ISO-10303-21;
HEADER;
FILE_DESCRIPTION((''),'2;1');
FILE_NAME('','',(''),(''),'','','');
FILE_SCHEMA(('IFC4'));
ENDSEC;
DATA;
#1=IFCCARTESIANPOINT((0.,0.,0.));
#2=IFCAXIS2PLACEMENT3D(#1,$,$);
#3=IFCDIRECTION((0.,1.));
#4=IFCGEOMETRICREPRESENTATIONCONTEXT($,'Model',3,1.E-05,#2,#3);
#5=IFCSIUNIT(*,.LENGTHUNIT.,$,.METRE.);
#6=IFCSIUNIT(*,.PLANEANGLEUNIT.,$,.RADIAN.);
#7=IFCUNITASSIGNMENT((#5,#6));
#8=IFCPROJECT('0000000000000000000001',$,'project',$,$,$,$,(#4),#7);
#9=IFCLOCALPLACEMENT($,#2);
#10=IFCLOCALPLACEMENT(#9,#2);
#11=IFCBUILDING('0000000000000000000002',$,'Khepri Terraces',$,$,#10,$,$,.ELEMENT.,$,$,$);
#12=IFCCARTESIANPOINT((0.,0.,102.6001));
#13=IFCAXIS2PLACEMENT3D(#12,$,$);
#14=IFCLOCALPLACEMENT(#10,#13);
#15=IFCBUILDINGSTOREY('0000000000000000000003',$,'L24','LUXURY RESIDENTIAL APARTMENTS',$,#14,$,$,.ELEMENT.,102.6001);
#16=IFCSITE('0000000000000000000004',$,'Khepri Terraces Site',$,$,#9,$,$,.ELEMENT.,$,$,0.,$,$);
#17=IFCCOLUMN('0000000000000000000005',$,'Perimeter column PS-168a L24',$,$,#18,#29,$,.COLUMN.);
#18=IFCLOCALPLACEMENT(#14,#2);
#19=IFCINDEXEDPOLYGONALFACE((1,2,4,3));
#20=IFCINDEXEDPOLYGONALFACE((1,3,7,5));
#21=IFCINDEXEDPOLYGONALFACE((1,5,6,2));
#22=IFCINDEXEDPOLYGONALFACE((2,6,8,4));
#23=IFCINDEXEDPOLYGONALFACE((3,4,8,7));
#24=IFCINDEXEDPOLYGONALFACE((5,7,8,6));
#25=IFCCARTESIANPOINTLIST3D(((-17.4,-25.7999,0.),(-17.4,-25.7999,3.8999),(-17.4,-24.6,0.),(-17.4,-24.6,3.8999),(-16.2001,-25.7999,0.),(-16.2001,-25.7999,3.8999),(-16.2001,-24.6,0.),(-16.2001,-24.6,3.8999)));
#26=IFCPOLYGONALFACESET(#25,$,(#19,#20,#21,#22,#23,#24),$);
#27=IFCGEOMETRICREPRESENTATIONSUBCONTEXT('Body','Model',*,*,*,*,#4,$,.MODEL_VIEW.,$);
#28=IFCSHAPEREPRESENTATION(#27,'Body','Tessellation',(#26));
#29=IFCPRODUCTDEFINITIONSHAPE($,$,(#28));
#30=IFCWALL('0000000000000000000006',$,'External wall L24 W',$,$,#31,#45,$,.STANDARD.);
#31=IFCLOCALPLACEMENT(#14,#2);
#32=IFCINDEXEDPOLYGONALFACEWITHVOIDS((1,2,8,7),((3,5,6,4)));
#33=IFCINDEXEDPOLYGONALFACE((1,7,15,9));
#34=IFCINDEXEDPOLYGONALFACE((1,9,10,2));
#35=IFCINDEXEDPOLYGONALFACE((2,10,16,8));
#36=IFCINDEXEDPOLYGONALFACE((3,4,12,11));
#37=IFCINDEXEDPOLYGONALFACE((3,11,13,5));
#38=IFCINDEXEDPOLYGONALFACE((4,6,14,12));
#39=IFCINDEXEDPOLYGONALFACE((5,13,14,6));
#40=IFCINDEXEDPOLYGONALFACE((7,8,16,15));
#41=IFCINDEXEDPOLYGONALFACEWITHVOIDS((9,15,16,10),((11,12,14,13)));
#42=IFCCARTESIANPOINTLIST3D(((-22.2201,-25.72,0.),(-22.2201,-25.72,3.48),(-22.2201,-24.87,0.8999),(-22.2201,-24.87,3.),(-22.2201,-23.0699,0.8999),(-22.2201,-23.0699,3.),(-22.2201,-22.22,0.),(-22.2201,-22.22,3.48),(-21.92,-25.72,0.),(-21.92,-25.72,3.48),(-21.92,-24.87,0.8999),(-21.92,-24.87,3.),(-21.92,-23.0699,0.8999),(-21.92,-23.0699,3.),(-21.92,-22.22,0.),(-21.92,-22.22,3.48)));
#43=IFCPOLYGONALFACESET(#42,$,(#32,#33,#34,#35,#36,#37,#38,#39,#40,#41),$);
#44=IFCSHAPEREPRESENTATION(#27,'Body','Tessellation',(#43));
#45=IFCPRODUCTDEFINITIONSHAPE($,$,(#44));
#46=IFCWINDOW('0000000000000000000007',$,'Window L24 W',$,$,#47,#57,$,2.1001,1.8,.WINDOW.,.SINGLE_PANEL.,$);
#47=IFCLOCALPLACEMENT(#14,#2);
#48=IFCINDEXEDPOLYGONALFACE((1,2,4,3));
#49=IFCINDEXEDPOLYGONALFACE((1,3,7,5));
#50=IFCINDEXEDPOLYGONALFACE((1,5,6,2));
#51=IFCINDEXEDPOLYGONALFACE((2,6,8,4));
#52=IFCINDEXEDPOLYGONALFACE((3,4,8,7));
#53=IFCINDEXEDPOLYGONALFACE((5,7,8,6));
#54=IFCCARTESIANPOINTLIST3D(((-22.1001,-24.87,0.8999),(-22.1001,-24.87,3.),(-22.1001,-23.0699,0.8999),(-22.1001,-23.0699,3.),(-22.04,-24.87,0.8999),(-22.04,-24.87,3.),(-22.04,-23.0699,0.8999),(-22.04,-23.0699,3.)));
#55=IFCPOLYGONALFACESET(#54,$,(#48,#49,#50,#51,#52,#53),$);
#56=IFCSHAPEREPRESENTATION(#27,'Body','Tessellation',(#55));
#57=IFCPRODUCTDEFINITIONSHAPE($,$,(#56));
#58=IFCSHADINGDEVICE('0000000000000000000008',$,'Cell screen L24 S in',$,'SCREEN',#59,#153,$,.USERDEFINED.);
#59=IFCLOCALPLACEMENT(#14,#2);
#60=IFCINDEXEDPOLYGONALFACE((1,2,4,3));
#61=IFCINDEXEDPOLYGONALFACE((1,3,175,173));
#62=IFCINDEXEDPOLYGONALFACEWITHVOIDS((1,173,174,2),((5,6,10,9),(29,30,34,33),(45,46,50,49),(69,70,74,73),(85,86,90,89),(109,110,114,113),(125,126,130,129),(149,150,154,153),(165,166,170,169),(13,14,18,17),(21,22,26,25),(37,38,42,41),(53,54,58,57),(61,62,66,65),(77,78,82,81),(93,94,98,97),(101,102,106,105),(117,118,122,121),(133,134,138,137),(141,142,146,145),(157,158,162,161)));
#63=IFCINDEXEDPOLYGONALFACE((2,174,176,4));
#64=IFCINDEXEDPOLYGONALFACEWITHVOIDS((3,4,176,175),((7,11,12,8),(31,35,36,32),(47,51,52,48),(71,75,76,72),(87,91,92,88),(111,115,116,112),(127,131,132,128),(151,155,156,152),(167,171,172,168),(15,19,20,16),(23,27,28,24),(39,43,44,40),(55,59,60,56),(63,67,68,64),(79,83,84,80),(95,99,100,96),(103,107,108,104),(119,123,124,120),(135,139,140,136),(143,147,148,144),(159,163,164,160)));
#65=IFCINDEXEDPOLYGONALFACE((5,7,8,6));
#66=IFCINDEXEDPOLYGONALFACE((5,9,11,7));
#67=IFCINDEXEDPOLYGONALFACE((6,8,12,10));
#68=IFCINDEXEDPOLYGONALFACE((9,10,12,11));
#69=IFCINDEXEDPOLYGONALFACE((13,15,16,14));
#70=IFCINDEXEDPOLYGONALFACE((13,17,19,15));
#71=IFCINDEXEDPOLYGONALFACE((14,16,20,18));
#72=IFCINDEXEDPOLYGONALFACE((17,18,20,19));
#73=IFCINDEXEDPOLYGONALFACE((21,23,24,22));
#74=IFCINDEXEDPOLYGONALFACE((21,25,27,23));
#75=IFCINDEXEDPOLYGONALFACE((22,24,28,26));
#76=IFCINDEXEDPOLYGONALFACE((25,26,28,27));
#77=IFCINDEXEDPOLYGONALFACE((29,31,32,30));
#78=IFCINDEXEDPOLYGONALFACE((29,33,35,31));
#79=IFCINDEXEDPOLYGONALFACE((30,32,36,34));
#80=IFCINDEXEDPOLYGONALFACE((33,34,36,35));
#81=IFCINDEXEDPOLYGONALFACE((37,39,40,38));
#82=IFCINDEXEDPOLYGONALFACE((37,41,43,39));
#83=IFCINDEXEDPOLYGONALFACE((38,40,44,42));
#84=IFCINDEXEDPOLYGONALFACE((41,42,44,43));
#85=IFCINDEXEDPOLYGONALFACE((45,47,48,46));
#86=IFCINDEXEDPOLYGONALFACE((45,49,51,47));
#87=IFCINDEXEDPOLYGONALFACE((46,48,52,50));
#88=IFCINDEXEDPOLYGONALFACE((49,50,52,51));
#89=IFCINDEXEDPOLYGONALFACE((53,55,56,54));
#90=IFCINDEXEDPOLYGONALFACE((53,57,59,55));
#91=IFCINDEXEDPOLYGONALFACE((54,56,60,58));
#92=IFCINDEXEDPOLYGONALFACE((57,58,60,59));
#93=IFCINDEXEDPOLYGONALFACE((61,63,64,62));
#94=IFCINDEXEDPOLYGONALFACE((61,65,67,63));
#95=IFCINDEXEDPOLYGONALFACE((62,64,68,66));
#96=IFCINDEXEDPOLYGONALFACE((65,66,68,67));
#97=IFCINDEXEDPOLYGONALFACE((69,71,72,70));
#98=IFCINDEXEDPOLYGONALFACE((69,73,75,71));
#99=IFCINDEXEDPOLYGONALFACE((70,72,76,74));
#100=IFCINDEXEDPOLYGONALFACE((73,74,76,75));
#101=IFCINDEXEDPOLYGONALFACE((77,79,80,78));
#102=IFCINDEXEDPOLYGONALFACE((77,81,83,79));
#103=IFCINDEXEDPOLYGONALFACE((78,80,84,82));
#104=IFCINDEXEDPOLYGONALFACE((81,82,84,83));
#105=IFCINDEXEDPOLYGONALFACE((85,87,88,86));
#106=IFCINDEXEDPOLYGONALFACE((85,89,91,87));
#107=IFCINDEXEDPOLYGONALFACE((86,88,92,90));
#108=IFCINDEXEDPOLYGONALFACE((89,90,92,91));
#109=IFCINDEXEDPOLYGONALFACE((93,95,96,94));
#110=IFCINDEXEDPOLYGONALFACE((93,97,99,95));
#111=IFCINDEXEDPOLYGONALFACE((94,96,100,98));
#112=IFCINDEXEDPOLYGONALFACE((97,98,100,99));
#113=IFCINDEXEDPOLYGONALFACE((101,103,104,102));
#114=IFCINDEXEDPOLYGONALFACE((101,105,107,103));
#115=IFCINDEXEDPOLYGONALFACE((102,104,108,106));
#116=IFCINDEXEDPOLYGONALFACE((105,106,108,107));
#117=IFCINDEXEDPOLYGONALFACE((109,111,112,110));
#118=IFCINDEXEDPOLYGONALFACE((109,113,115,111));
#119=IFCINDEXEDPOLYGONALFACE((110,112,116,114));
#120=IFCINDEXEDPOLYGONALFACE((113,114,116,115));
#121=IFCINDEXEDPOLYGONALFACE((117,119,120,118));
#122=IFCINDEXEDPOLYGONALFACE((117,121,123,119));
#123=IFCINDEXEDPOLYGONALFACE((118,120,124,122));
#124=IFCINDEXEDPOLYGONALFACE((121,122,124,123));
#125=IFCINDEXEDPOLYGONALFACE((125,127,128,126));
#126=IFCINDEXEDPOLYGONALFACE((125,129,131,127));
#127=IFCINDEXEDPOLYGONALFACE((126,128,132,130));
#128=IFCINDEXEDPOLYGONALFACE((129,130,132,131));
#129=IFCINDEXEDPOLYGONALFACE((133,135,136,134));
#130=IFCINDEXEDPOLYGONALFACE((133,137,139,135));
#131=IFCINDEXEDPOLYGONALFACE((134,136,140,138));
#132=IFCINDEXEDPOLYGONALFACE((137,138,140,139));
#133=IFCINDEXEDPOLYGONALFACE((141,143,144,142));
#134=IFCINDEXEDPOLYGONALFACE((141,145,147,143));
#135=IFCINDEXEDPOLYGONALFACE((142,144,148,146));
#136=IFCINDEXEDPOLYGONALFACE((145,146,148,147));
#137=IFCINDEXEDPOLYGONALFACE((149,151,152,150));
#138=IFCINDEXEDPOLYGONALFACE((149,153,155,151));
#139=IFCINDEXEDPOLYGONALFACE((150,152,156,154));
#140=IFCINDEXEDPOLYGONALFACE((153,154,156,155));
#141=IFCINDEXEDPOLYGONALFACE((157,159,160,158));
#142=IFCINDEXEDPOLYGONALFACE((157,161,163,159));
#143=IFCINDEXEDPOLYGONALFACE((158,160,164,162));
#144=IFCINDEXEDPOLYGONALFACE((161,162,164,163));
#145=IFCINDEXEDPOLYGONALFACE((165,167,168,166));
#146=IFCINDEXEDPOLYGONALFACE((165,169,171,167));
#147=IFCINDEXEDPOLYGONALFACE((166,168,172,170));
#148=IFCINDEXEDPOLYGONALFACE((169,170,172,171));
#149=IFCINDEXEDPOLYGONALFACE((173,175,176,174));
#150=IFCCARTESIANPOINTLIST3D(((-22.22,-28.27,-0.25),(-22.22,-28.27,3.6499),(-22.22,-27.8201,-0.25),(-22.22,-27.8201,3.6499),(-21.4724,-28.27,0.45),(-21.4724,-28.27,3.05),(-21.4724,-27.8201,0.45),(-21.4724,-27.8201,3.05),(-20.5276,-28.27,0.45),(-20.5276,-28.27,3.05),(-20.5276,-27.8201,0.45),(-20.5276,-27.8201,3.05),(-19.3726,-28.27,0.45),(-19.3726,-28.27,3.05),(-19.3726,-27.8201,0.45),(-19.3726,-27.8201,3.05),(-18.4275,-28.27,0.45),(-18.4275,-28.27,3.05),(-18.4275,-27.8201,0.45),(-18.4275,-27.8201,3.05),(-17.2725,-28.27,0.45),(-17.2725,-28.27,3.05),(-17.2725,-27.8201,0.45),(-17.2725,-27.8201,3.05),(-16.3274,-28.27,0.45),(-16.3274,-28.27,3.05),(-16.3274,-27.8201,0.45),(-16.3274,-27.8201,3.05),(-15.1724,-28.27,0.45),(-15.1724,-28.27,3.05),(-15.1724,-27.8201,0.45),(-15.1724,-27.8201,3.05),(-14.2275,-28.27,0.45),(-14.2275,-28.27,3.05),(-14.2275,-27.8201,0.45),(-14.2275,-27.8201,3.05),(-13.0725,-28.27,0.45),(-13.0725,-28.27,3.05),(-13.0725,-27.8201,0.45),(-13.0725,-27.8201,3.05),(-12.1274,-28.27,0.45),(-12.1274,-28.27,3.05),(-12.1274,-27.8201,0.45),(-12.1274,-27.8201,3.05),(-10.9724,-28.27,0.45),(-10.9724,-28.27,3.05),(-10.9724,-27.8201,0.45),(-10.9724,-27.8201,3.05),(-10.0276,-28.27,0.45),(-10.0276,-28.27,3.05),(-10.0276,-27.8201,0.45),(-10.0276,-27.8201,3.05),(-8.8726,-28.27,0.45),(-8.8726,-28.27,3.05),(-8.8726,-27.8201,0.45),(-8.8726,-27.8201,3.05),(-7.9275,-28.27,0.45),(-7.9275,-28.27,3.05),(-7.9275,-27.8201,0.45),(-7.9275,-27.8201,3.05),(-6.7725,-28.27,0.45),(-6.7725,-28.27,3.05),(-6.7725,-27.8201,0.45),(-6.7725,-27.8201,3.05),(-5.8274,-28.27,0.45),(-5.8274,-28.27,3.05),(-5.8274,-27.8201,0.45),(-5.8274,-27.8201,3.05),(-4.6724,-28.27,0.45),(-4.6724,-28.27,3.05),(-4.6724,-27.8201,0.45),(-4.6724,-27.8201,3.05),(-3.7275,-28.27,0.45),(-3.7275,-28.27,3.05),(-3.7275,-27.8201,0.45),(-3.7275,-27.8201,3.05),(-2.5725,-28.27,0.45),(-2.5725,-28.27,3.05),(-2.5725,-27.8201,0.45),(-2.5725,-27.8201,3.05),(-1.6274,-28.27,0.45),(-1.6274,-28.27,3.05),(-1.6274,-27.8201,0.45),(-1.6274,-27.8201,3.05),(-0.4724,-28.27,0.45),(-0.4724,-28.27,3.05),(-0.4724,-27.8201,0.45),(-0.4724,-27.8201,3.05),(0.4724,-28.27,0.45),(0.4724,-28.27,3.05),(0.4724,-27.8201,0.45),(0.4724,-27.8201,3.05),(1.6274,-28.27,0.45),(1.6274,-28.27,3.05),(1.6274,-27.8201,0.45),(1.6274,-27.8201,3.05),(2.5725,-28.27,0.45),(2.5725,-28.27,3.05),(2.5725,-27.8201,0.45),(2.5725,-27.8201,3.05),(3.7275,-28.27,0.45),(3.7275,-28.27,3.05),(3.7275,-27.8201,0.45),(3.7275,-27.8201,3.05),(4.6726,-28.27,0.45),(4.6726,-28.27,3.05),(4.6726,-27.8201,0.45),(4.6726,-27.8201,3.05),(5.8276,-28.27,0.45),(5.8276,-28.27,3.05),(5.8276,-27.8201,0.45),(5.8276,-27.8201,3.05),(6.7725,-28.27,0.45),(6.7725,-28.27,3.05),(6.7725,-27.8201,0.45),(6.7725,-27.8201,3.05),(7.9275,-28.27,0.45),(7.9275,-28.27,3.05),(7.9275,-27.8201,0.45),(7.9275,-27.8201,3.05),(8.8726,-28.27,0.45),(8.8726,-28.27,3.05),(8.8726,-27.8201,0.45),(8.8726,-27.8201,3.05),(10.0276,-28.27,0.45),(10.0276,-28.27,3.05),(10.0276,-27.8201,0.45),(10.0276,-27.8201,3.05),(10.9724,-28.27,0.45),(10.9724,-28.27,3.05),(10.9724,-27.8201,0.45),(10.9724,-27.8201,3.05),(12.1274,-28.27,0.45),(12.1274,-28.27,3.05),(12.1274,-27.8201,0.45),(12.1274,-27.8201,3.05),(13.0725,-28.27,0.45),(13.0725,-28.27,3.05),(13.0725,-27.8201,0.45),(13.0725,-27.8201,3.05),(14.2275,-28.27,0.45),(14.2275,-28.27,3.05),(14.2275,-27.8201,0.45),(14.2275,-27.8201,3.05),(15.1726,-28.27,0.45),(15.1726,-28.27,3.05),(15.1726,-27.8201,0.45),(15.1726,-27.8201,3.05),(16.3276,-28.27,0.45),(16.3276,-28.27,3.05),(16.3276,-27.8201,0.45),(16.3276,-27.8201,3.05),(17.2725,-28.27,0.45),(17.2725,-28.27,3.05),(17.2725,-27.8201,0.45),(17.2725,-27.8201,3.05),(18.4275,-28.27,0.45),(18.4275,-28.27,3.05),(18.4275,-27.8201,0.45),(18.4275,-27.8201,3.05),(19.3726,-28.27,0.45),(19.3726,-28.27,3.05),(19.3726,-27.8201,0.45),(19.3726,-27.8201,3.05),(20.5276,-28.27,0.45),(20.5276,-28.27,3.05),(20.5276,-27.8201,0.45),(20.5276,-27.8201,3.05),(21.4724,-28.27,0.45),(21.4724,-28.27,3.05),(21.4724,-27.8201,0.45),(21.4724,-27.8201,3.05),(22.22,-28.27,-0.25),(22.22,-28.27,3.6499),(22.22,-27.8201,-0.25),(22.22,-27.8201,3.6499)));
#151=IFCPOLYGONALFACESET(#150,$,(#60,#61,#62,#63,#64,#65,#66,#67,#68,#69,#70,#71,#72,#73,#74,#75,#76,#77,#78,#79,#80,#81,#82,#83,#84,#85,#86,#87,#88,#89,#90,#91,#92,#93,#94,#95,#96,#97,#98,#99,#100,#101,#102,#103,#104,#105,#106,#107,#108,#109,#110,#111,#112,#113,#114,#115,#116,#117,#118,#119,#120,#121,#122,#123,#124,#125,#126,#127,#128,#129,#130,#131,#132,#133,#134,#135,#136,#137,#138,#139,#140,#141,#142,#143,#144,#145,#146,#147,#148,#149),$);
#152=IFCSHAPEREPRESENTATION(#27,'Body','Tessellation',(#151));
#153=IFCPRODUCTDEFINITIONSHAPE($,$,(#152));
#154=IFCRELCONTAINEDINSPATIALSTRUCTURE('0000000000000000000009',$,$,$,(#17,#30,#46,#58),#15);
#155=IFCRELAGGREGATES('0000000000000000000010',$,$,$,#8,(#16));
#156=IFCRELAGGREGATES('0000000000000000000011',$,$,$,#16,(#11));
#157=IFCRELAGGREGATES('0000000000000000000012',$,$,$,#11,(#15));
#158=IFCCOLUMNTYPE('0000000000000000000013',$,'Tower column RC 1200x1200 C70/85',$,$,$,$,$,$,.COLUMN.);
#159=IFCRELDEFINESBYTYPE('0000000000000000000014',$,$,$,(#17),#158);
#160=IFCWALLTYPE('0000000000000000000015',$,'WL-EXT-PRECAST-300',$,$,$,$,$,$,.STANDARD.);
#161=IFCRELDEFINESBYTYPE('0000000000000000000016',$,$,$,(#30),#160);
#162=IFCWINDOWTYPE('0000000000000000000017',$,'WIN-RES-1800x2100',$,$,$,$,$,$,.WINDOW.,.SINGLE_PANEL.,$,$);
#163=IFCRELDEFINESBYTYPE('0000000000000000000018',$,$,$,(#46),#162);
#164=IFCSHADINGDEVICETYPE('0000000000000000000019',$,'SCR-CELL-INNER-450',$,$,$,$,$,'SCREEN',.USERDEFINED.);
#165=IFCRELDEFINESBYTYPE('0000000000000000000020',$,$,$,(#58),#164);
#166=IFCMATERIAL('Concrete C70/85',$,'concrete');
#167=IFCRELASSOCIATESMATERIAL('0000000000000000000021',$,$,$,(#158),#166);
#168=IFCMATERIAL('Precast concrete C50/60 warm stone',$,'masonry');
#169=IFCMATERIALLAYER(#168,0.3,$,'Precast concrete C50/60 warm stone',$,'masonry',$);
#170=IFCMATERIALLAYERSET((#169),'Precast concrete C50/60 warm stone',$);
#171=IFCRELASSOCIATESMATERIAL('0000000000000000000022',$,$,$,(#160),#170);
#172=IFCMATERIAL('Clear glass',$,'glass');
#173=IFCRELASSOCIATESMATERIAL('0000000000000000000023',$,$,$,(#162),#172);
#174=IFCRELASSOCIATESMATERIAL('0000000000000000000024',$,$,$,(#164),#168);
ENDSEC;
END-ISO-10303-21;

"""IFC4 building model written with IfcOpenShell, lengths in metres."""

from ifc_helpers import new_model, si_unit, direction, frame, frame_2d, origin, origin_2d, place, context, subcontext, project, spatial, polyline, rectangle, outline, extrude, material, layer, layer_set, material_profile, profile_set, type_object, element, fill, save


model = new_model("IFC4")

# Units and contexts
model_context = context("Model", 3, precision=1e-05, world=origin(), true_north=direction((0.0, 1.0)))
body_context = subcontext(model_context, "Body", "Model", "MODEL_VIEW")
ifc_project = project(units=[si_unit("LENGTHUNIT", "METRE"), si_unit("PLANEANGLEUNIT", "RADIAN")], contexts=[model_context])

# Site, building, storey
site_placement = place(None, origin())
site = spatial("IfcSite", under=ifc_project, at=site_placement, Name="Khepri Terraces Site", CompositionType="ELEMENT", RefElevation=0.0)
building_placement = place(site_placement, origin())
building = spatial("IfcBuilding", under=site, at=building_placement, Name="Khepri Terraces", CompositionType="ELEMENT")
storey_placement = place(building_placement, frame((0.0, 0.0, 102.6001)))
storey = spatial("IfcBuildingStorey", under=building, at=storey_placement, Name="L24", Description="LUXURY RESIDENTIAL APARTMENTS", CompositionType="ELEMENT", Elevation=102.6001)

# Column
ifc_material_1 = material(Name="Concrete C70/85", Category="concrete")
ifc_material_profile = material_profile(ifc_material_1, rectangle(XDim=1.2, YDim=1.2, at=origin_2d()), Name="Concrete C70/85", Category="concrete")
ifc_profile_set = profile_set([ifc_material_profile], Name="Concrete C70/85")
column_type = type_object("IfcColumnType", Name="Tower column RC 1200x1200 C70/85", PredefinedType="COLUMN", material=ifc_profile_set)
column_placement = place(storey_placement, frame((-16.8, -25.2, 0.0), z_axis=(0.0, 0.0, 1.0), x_axis=(1.0, 0.0, 0.0)))
element("IfcColumn", 1, at=column_placement, inside=storey, type_object=column_type, Name="Perimeter column PS-168a L24", PredefinedType="COLUMN", context=body_context, shape_type="SweptSolid", body=[
    extrude(rectangle(XDim=1.2, YDim=1.2, at=origin_2d()), origin(), (0.0, 0.0, 1.0), 3.8999),
])

# Wall, opening, window
ifc_material_2 = material(Name="Precast concrete C50/60 warm stone", Category="masonry")
ifc_layer = layer(ifc_material_2, 0.3, Name="Precast concrete C50/60 warm stone", Category="masonry")
ifc_layer_set = layer_set([ifc_layer], Name="Precast concrete C50/60 warm stone")
wall_type = type_object("IfcWallType", Name="WL-EXT-PRECAST-300", PredefinedType="STANDARD", material=ifc_layer_set)
wall_1_placement = place(storey_placement, frame((-22.0701, -22.22, 0.0), z_axis=(0.0, 0.0, 1.0), x_axis=(0.0, -1.0, 0.0)))
wall_1 = element("IfcWall", 2, at=wall_1_placement, inside=storey, type_object=wall_type, Name="External wall L24 W", PredefinedType="STANDARD", context=body_context, shape_type="SweptSolid", body=[
    extrude(rectangle(XDim=3.5, YDim=0.3, at=frame_2d((1.75, 0.0))), origin(), (0.0, 0.0, 1.0), 3.48),
])
opening_1_placement = place(wall_1_placement, frame((0.8501, 0.0, 0.8999)))
opening_1 = element("IfcOpeningElement", 3, at=opening_1_placement, cuts=wall_1, PredefinedType="OPENING", context=body_context, shape_type="SweptSolid", body=[
    extrude(rectangle(XDim=1.8, YDim=2.1001, at=frame_2d((0.8999, 1.05))), frame((0.0, 0.1602, 0.0), z_axis=(0.0, -1.0, 0.0), x_axis=(1.0, 0.0, 0.0)), (0.0, 0.0, 1.0), 0.3201),
])
ifc_material_3 = material(Name="Clear glass", Category="glass")
window_type = type_object("IfcWindowType", Name="WIN-RES-1800x2100", PartitioningType="SINGLE_PANEL", PredefinedType="WINDOW", material=ifc_material_3)
window_placement = place(opening_1_placement, origin())
window = element("IfcWindow", 4, at=window_placement, inside=storey, type_object=window_type, Name="Window L24 W", OverallHeight=2.1001, OverallWidth=1.8, PartitioningType="SINGLE_PANEL", PredefinedType="WINDOW", context=body_context, shape_type="SweptSolid", body=[
    extrude(rectangle(XDim=1.8, YDim=2.1001, at=frame_2d((0.8999, 1.05))), frame((0.0, 0.03, 0.0), z_axis=(0.0, -1.0, 0.0), x_axis=(1.0, 0.0, 0.0)), (0.0, 0.0, 1.0), 0.0601),
])
fill(opening_1, window)

# Shading device
shading_device_type_1 = type_object("IfcShadingDeviceType", Name="SCR-CELL-INNER-450", ElementType="SCREEN", PredefinedType="USERDEFINED", material=ifc_material_2)
shading_device_1_placement = place(storey_placement, frame((-22.22, -27.8201, -0.25), z_axis=(0.0, -1.0, 0.0), x_axis=(1.0, 0.0, 0.0)))
element("IfcShadingDevice", 5, at=shading_device_1_placement, inside=storey, type_object=shading_device_type_1, Name="Cell screen L24 S in", ObjectType="SCREEN", PredefinedType="USERDEFINED", context=body_context, shape_type="SweptSolid", body=[
    extrude(outline(polyline([(0.0, 0.0), (44.4399, 0.0), (44.4399, 3.8999), (0.0, 3.8999), (0.0, 0.0)]), holes=[polyline([(0.7476, 0.7), (1.6924, 0.7), (1.6924, 3.3), (0.7476, 3.3), (0.7476, 0.7)]), polyline([(2.8474, 0.7), (3.7925, 0.7), (3.7925, 3.3), (2.8474, 3.3), (2.8474, 0.7)]), polyline([(4.9475, 0.7), (5.8926, 0.7), (5.8926, 3.3), (4.9475, 3.3), (4.9475, 0.7)]), polyline([(7.0476, 0.7), (7.9924, 0.7), (7.9924, 3.3), (7.0476, 3.3), (7.0476, 0.7)]), polyline([(9.1475, 0.7), (10.0925, 0.7), (10.0925, 3.3), (9.1475, 3.3), (9.1475, 0.7)]), polyline([(11.2476, 0.7), (12.1924, 0.7), (12.1924, 3.3), (11.2476, 3.3), (11.2476, 0.7)]), polyline([(13.3474, 0.7), (14.2925, 0.7), (14.2925, 3.3), (13.3474, 3.3), (13.3474, 0.7)]), polyline([(15.4475, 0.7), (16.3926, 0.7), (16.3926, 3.3), (15.4475, 3.3), (15.4475, 0.7)]), polyline([(17.5476, 0.7), (18.4924, 0.7), (18.4924, 3.3), (17.5476, 3.3), (17.5476, 0.7)]), polyline([(19.6475, 0.7), (20.5925, 0.7), (20.5925, 3.3), (19.6475, 3.3), (19.6475, 0.7)]), polyline([(21.7476, 0.7), (22.6924, 0.7), (22.6924, 3.3), (21.7476, 3.3), (21.7476, 0.7)]), polyline([(23.8474, 0.7), (24.7925, 0.7), (24.7925, 3.3), (23.8474, 3.3), (23.8474, 0.7)]), polyline([(25.9475, 0.7), (26.8926, 0.7), (26.8926, 3.3), (25.9475, 3.3), (25.9475, 0.7)]), polyline([(28.0476, 0.7), (28.9924, 0.7), (28.9924, 3.3), (28.0476, 3.3), (28.0476, 0.7)]), polyline([(30.1475, 0.7), (31.0925, 0.7), (31.0925, 3.3), (30.1475, 3.3), (30.1475, 0.7)]), polyline([(32.2476, 0.7), (33.1924, 0.7), (33.1924, 3.3), (32.2476, 3.3), (32.2476, 0.7)]), polyline([(34.3474, 0.7), (35.2925, 0.7), (35.2925, 3.3), (34.3474, 3.3), (34.3474, 0.7)]), polyline([(36.4475, 0.7), (37.3926, 0.7), (37.3926, 3.3), (36.4475, 3.3), (36.4475, 0.7)]), polyline([(38.5476, 0.7), (39.4924, 0.7), (39.4924, 3.3), (38.5476, 3.3), (38.5476, 0.7)]), polyline([(40.6475, 0.7), (41.5925, 0.7), (41.5925, 3.3), (40.6475, 3.3), (40.6475, 0.7)]), polyline([(42.7476, 0.7), (43.6924, 0.7), (43.6924, 3.3), (42.7476, 3.3), (42.7476, 0.7)])]), origin(), (0.0, 0.0, 1.0), 0.45),
])

save(model, "model.ifc")
